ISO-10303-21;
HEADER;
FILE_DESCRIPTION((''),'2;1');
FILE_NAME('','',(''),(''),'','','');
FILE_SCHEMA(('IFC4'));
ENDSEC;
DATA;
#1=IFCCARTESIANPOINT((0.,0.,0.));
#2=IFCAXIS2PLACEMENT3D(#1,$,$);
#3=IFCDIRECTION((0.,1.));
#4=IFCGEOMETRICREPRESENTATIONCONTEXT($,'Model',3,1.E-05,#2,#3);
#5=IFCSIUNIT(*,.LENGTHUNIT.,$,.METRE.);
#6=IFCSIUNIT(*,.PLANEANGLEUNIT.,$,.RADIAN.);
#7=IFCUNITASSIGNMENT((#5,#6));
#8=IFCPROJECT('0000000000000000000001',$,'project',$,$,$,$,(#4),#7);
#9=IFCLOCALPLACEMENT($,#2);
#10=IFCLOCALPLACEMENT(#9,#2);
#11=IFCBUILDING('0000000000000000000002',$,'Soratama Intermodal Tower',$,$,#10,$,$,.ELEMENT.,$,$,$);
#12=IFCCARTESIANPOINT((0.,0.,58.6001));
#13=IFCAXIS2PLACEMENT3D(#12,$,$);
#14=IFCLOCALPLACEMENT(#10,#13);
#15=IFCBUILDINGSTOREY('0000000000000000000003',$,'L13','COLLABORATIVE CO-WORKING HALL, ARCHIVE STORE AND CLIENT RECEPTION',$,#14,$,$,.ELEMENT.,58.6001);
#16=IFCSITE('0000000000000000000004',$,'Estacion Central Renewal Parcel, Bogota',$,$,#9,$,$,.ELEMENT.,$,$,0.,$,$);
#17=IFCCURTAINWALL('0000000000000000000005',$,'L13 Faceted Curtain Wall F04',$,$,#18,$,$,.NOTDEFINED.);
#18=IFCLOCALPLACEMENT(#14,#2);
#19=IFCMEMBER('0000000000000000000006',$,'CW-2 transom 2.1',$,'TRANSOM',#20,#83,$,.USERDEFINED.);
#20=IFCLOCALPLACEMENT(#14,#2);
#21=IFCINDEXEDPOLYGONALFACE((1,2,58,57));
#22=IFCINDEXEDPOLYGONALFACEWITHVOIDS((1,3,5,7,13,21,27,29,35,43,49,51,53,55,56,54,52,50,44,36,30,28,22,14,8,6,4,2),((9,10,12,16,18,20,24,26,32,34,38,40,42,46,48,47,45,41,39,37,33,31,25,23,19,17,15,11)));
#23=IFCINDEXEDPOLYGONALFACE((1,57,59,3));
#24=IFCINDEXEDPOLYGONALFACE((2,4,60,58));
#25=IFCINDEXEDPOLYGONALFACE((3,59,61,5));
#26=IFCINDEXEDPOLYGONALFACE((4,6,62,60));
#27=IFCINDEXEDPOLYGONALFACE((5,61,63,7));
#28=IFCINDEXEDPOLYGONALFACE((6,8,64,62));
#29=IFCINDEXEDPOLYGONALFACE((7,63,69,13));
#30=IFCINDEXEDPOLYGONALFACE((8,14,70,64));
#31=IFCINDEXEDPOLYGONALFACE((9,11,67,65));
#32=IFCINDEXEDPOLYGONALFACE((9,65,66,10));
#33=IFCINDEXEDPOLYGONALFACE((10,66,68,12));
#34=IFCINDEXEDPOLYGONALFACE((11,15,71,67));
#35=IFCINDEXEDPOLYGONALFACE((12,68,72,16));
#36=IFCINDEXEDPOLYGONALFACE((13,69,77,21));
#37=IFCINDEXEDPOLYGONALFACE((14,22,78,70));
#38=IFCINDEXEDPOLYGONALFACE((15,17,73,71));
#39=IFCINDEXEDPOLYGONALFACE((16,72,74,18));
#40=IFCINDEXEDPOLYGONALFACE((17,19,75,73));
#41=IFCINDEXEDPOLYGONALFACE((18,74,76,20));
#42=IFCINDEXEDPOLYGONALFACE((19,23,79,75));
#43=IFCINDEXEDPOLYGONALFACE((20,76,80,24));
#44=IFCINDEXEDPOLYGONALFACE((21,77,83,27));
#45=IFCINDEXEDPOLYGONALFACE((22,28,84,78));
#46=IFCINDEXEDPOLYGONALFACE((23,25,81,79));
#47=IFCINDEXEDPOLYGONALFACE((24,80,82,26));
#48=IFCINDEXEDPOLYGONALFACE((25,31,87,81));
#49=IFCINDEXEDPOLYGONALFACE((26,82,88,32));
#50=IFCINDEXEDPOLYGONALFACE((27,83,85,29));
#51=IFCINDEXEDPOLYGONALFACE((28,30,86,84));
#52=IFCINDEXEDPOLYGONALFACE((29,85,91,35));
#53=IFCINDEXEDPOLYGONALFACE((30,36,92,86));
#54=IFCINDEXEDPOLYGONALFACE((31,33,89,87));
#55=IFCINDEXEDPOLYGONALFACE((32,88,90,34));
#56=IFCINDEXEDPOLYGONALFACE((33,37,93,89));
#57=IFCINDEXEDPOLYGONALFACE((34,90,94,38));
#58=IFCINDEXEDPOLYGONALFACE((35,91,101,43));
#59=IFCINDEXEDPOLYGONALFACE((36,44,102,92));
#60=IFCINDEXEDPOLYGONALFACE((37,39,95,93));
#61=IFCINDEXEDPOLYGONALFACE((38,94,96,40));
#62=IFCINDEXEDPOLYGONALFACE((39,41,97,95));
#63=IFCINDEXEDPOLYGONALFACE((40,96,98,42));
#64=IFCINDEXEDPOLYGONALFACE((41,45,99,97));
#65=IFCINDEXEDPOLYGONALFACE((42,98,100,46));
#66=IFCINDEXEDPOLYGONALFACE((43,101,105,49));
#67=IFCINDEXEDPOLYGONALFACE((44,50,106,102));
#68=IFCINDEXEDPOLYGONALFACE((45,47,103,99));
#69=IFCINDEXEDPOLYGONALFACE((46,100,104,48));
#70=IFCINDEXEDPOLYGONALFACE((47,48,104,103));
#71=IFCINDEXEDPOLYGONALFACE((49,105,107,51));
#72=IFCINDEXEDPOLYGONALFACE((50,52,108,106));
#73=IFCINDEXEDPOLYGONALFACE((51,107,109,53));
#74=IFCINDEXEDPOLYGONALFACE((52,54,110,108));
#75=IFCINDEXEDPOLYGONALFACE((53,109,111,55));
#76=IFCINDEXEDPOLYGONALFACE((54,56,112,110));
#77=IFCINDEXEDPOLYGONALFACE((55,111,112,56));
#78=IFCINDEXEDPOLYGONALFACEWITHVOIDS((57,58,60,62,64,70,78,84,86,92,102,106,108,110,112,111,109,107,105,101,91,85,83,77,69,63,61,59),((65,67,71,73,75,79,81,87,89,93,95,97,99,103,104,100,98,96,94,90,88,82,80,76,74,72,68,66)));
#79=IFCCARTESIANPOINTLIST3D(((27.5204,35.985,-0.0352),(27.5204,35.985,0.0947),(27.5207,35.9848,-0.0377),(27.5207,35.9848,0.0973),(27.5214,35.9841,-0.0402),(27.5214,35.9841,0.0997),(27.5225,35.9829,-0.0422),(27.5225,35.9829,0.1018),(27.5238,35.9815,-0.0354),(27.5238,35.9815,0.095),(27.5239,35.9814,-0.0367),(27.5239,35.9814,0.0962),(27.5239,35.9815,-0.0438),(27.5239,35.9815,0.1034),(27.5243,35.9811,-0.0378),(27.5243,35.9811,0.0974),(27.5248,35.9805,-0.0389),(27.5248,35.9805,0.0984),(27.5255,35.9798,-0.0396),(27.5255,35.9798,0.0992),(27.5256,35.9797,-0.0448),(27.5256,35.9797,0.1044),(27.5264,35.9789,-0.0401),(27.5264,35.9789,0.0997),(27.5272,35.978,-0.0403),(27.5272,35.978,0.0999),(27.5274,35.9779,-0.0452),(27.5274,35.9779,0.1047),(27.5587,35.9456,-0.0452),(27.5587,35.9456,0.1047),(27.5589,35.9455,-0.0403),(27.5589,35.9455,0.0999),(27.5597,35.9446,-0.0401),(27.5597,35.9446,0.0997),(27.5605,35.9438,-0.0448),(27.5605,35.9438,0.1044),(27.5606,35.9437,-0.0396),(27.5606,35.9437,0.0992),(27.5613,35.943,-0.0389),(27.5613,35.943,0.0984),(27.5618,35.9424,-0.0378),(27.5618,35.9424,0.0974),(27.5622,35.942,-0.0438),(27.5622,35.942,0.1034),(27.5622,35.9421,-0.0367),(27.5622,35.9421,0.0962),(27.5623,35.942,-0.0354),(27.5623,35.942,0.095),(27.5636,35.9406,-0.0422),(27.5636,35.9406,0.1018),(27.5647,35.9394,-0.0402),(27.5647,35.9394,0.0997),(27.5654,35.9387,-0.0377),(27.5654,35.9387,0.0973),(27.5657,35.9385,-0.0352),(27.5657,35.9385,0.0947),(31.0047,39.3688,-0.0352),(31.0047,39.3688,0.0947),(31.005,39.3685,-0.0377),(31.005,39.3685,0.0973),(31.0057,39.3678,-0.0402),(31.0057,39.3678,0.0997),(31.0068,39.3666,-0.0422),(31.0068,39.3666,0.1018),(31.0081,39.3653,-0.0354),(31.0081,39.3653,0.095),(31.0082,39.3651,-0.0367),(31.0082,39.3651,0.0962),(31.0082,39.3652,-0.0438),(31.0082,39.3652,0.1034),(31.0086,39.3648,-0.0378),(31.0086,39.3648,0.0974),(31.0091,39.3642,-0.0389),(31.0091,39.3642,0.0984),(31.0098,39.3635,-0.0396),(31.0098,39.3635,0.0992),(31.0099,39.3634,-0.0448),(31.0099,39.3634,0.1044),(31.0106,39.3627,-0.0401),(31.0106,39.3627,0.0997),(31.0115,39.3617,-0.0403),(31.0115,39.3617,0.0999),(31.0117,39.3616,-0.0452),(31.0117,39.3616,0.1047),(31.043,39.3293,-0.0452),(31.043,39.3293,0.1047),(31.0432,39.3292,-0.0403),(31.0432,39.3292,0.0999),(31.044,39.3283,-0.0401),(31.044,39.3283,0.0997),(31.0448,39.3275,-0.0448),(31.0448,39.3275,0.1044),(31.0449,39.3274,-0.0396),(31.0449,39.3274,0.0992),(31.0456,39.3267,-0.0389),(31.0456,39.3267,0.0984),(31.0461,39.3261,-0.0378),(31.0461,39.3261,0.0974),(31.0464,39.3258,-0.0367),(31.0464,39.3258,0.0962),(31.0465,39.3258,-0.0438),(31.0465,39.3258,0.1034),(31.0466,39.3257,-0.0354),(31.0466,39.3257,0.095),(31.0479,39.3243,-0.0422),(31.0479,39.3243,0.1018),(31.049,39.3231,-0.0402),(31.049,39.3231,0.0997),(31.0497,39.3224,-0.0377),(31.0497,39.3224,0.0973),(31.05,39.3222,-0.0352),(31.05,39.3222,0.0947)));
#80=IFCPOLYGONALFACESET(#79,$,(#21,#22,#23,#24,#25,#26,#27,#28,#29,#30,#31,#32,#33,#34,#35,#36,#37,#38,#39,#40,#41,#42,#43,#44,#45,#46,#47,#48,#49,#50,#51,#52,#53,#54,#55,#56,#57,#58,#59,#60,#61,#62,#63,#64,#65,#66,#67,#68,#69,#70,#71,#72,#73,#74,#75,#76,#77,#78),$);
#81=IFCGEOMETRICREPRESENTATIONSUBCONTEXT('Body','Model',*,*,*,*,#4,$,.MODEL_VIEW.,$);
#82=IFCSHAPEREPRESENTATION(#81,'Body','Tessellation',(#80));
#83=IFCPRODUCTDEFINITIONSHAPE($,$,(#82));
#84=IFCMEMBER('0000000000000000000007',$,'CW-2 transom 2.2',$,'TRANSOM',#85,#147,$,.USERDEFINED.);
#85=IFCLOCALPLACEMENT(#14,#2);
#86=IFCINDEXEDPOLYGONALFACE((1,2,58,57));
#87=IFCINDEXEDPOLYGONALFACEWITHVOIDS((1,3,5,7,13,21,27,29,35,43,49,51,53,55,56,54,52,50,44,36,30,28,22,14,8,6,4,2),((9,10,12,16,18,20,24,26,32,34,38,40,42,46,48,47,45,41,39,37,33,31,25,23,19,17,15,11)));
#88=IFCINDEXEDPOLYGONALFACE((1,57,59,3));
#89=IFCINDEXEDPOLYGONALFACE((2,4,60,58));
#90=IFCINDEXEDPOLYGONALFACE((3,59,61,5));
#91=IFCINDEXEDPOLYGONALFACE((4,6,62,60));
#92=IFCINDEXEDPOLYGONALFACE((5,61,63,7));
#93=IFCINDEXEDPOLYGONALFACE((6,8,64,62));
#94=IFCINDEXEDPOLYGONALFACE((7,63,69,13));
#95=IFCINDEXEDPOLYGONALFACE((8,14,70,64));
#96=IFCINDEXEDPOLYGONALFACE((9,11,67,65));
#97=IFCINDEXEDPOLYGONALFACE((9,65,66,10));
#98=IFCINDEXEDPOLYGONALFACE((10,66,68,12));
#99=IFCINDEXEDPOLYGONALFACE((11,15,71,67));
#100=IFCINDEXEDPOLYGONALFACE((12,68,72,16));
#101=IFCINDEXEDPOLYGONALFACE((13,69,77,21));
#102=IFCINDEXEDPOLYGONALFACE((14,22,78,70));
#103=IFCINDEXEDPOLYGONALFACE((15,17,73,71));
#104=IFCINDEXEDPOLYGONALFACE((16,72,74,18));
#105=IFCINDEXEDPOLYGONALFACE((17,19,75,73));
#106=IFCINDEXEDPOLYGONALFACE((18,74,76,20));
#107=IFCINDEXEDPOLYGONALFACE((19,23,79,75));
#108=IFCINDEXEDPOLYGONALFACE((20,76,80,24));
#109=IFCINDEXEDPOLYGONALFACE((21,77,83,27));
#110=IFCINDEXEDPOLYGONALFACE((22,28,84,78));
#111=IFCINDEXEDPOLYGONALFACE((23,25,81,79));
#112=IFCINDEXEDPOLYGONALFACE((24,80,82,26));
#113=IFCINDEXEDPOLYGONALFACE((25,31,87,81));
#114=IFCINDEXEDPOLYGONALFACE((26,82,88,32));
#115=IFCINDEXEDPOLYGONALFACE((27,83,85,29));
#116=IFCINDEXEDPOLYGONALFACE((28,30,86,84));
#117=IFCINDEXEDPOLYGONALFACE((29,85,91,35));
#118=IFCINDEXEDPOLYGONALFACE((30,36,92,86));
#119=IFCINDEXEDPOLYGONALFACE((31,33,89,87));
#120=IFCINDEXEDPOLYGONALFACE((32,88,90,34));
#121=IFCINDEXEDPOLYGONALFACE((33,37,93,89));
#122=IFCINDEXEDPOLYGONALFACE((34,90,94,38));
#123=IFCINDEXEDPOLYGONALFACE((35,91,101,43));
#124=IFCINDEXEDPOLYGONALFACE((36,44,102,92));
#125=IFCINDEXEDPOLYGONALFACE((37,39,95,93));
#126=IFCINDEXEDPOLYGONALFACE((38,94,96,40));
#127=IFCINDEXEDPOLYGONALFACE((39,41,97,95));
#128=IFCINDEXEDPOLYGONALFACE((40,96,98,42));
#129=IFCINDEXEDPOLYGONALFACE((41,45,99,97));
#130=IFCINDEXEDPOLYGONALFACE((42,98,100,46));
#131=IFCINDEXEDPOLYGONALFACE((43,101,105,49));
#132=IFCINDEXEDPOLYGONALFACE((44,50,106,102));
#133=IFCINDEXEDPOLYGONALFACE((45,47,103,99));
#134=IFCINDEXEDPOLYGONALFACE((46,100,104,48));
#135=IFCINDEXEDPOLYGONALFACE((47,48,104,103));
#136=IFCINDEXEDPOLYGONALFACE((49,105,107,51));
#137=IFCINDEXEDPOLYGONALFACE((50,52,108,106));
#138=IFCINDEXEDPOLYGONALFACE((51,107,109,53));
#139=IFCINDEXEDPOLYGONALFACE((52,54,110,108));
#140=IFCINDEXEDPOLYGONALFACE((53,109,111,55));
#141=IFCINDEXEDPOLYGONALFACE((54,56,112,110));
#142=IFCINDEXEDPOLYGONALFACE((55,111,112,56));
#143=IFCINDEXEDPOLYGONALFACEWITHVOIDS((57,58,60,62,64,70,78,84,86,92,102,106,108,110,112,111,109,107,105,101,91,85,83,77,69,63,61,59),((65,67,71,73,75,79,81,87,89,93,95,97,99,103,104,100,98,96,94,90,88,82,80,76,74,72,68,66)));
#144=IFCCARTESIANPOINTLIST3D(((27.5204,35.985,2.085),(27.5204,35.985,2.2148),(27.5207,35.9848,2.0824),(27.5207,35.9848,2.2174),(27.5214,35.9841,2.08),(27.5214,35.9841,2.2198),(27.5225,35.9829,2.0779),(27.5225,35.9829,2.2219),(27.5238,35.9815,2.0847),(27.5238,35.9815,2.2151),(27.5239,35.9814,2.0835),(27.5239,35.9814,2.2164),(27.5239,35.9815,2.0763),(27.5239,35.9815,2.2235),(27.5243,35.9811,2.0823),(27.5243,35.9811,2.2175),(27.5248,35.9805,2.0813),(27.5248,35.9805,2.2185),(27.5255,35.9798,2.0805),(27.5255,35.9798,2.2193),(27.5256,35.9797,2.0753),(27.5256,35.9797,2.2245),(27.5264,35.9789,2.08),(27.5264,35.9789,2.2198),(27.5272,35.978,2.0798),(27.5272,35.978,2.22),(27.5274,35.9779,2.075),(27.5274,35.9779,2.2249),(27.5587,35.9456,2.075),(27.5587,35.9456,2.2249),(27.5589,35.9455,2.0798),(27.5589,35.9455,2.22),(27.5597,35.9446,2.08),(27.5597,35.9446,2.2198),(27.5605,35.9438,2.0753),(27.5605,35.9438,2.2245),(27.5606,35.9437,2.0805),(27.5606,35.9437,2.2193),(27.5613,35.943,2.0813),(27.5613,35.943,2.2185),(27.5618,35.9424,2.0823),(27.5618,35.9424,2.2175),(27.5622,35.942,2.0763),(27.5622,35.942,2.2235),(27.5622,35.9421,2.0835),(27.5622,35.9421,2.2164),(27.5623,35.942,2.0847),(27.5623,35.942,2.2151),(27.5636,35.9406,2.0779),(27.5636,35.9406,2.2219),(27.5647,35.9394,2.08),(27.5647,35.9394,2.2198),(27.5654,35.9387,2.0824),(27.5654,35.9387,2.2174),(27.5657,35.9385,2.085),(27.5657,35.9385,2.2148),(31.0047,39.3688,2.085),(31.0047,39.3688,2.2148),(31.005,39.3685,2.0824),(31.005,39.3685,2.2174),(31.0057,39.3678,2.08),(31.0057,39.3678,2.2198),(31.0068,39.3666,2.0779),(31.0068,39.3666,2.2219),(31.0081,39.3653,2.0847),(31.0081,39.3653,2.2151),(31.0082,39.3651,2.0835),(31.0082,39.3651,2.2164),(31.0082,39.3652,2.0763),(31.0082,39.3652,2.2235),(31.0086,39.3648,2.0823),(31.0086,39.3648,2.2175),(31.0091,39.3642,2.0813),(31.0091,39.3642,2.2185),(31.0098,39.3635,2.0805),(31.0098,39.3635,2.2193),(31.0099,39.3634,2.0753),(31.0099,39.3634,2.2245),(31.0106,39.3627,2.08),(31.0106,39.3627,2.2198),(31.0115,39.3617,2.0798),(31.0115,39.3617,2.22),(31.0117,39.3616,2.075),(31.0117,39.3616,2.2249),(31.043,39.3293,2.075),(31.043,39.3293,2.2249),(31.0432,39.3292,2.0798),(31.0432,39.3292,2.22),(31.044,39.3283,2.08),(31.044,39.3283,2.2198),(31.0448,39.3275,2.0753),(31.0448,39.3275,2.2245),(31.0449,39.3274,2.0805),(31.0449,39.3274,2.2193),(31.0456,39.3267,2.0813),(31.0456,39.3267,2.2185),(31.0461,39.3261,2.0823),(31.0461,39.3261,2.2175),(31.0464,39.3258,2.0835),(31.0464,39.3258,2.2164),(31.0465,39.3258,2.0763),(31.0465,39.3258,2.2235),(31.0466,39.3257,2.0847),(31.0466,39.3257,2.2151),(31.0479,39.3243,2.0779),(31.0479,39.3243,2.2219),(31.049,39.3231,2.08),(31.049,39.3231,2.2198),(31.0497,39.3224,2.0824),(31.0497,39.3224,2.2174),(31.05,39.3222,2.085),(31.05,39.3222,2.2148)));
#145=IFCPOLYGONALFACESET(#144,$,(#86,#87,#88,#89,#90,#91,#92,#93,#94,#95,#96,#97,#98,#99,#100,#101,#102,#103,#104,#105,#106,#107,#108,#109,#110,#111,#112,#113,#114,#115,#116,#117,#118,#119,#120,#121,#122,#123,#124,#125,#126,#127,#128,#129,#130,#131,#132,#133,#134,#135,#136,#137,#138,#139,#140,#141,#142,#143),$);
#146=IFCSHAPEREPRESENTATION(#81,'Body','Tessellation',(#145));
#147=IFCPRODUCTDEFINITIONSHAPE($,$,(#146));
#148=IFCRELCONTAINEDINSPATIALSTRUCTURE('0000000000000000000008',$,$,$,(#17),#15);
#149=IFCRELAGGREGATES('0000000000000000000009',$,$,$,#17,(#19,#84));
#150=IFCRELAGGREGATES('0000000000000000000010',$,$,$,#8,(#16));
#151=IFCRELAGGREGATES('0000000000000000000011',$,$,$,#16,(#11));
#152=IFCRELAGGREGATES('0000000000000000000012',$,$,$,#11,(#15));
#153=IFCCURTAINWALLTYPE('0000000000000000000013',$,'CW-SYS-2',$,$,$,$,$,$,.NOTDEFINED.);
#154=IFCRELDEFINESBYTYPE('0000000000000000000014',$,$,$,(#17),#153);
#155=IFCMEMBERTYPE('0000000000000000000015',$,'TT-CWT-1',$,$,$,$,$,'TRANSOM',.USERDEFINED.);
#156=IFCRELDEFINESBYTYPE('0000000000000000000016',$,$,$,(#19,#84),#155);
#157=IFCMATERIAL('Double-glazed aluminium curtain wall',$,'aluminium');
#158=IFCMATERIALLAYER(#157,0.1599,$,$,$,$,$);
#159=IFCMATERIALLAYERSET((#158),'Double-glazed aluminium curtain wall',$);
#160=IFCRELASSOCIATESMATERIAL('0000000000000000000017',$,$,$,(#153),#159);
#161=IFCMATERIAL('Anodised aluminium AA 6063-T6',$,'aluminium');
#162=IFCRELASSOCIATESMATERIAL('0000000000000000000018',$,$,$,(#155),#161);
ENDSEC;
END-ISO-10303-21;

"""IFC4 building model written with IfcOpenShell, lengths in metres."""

from ifc_helpers import new_model, si_unit, direction, frame, origin, origin_2d, place, context, subcontext, project, spatial, hollow_rectangle, extrude, material, layer, layer_set, material_profile, profile_set, type_object, element, aggregate, save


model = new_model("IFC4")

# Units and contexts
model_context = context("Model", 3, precision=1e-05, world=origin(), true_north=direction((0.0, 1.0)))
body_context = subcontext(model_context, "Body", "Model", "MODEL_VIEW")
ifc_project = project(units=[si_unit("LENGTHUNIT", "METRE"), si_unit("PLANEANGLEUNIT", "RADIAN")], contexts=[model_context])

# Site, building, storey
site_placement = place(None, origin())
site = spatial("IfcSite", under=ifc_project, at=site_placement, Name="Estacion Central Renewal Parcel, Bogota", CompositionType="ELEMENT", RefElevation=0.0)
building_placement = place(site_placement, origin())
building = spatial("IfcBuilding", under=site, at=building_placement, Name="Soratama Intermodal Tower", CompositionType="ELEMENT")
storey_placement = place(building_placement, frame((0.0, 0.0, 58.6001)))
storey = spatial("IfcBuildingStorey", under=building, at=storey_placement, Name="L13", Description="COLLABORATIVE CO-WORKING HALL, ARCHIVE STORE AND CLIENT RECEPTION", CompositionType="ELEMENT", Elevation=58.6001)

# Curtain wall, members
ifc_material_1 = material(Name="Double-glazed aluminium curtain wall", Category="aluminium")
ifc_layer_1 = layer(ifc_material_1, 0.1599)
ifc_layer_set_1 = layer_set([ifc_layer_1], Name="Double-glazed aluminium curtain wall")
curtain_wall_type = type_object("IfcCurtainWallType", Name="CW-SYS-2", PredefinedType="NOTDEFINED", material=ifc_layer_set_1)
curtain_wall_placement = place(storey_placement, origin())
curtain_wall = element("IfcCurtainWall", 1, at=curtain_wall_placement, inside=storey, type_object=curtain_wall_type, Name="L13 Faceted Curtain Wall F04", PredefinedType="NOTDEFINED")
ifc_material_2 = material(Name="Anodised aluminium AA 6063-T6", Category="aluminium")
ifc_material_profile_1 = material_profile(ifc_material_2, hollow_rectangle(XDim=0.0649, YDim=0.1499, WallThickness=0.0049, InnerFilletRadius=0.0049, OuterFilletRadius=0.01, at=origin_2d()), Name="CWT150X65X5")
ifc_profile_set_1 = profile_set([ifc_material_profile_1], Name="Anodised aluminium AA 6063-T6")
member_type_1 = type_object("IfcMemberType", Name="TT-CWT-1", ElementType="TRANSOM", PredefinedType="USERDEFINED", material=ifc_profile_set_1)
member_1_placement = place(storey_placement, frame((31.0273, 39.3455, 0.0298), z_axis=(-0.717386, -0.696676, 0.0), x_axis=(0.696676, -0.717386, 0.0)))
member_1 = element("IfcMember", 2, at=member_1_placement, type_object=member_type_1, Name="CW-2 transom 2.1", ObjectType="TRANSOM", PredefinedType="USERDEFINED", context=body_context, shape_type="SweptSolid", body=[
    extrude(hollow_rectangle(XDim=0.0649, YDim=0.1499, WallThickness=0.0049, InnerFilletRadius=0.0049, OuterFilletRadius=0.01, at=origin_2d()), origin(), (0.0, 0.0, 1.0), 4.8569),
])
member_2_placement = place(storey_placement, frame((31.0273, 39.3455, 2.1499), z_axis=(-0.717386, -0.696676, 0.0), x_axis=(0.696676, -0.717386, 0.0)))
member_2 = element("IfcMember", 3, at=member_2_placement, type_object=member_type_1, Name="CW-2 transom 2.2", ObjectType="TRANSOM", PredefinedType="USERDEFINED", context=body_context, shape_type="SweptSolid", body=[
    extrude(hollow_rectangle(XDim=0.0649, YDim=0.1499, WallThickness=0.0049, InnerFilletRadius=0.0049, OuterFilletRadius=0.01, at=origin_2d()), origin(), (0.0, 0.0, 1.0), 4.8569),
])
aggregate(curtain_wall, [member_1, member_2])

save(model, "model.ifc")
